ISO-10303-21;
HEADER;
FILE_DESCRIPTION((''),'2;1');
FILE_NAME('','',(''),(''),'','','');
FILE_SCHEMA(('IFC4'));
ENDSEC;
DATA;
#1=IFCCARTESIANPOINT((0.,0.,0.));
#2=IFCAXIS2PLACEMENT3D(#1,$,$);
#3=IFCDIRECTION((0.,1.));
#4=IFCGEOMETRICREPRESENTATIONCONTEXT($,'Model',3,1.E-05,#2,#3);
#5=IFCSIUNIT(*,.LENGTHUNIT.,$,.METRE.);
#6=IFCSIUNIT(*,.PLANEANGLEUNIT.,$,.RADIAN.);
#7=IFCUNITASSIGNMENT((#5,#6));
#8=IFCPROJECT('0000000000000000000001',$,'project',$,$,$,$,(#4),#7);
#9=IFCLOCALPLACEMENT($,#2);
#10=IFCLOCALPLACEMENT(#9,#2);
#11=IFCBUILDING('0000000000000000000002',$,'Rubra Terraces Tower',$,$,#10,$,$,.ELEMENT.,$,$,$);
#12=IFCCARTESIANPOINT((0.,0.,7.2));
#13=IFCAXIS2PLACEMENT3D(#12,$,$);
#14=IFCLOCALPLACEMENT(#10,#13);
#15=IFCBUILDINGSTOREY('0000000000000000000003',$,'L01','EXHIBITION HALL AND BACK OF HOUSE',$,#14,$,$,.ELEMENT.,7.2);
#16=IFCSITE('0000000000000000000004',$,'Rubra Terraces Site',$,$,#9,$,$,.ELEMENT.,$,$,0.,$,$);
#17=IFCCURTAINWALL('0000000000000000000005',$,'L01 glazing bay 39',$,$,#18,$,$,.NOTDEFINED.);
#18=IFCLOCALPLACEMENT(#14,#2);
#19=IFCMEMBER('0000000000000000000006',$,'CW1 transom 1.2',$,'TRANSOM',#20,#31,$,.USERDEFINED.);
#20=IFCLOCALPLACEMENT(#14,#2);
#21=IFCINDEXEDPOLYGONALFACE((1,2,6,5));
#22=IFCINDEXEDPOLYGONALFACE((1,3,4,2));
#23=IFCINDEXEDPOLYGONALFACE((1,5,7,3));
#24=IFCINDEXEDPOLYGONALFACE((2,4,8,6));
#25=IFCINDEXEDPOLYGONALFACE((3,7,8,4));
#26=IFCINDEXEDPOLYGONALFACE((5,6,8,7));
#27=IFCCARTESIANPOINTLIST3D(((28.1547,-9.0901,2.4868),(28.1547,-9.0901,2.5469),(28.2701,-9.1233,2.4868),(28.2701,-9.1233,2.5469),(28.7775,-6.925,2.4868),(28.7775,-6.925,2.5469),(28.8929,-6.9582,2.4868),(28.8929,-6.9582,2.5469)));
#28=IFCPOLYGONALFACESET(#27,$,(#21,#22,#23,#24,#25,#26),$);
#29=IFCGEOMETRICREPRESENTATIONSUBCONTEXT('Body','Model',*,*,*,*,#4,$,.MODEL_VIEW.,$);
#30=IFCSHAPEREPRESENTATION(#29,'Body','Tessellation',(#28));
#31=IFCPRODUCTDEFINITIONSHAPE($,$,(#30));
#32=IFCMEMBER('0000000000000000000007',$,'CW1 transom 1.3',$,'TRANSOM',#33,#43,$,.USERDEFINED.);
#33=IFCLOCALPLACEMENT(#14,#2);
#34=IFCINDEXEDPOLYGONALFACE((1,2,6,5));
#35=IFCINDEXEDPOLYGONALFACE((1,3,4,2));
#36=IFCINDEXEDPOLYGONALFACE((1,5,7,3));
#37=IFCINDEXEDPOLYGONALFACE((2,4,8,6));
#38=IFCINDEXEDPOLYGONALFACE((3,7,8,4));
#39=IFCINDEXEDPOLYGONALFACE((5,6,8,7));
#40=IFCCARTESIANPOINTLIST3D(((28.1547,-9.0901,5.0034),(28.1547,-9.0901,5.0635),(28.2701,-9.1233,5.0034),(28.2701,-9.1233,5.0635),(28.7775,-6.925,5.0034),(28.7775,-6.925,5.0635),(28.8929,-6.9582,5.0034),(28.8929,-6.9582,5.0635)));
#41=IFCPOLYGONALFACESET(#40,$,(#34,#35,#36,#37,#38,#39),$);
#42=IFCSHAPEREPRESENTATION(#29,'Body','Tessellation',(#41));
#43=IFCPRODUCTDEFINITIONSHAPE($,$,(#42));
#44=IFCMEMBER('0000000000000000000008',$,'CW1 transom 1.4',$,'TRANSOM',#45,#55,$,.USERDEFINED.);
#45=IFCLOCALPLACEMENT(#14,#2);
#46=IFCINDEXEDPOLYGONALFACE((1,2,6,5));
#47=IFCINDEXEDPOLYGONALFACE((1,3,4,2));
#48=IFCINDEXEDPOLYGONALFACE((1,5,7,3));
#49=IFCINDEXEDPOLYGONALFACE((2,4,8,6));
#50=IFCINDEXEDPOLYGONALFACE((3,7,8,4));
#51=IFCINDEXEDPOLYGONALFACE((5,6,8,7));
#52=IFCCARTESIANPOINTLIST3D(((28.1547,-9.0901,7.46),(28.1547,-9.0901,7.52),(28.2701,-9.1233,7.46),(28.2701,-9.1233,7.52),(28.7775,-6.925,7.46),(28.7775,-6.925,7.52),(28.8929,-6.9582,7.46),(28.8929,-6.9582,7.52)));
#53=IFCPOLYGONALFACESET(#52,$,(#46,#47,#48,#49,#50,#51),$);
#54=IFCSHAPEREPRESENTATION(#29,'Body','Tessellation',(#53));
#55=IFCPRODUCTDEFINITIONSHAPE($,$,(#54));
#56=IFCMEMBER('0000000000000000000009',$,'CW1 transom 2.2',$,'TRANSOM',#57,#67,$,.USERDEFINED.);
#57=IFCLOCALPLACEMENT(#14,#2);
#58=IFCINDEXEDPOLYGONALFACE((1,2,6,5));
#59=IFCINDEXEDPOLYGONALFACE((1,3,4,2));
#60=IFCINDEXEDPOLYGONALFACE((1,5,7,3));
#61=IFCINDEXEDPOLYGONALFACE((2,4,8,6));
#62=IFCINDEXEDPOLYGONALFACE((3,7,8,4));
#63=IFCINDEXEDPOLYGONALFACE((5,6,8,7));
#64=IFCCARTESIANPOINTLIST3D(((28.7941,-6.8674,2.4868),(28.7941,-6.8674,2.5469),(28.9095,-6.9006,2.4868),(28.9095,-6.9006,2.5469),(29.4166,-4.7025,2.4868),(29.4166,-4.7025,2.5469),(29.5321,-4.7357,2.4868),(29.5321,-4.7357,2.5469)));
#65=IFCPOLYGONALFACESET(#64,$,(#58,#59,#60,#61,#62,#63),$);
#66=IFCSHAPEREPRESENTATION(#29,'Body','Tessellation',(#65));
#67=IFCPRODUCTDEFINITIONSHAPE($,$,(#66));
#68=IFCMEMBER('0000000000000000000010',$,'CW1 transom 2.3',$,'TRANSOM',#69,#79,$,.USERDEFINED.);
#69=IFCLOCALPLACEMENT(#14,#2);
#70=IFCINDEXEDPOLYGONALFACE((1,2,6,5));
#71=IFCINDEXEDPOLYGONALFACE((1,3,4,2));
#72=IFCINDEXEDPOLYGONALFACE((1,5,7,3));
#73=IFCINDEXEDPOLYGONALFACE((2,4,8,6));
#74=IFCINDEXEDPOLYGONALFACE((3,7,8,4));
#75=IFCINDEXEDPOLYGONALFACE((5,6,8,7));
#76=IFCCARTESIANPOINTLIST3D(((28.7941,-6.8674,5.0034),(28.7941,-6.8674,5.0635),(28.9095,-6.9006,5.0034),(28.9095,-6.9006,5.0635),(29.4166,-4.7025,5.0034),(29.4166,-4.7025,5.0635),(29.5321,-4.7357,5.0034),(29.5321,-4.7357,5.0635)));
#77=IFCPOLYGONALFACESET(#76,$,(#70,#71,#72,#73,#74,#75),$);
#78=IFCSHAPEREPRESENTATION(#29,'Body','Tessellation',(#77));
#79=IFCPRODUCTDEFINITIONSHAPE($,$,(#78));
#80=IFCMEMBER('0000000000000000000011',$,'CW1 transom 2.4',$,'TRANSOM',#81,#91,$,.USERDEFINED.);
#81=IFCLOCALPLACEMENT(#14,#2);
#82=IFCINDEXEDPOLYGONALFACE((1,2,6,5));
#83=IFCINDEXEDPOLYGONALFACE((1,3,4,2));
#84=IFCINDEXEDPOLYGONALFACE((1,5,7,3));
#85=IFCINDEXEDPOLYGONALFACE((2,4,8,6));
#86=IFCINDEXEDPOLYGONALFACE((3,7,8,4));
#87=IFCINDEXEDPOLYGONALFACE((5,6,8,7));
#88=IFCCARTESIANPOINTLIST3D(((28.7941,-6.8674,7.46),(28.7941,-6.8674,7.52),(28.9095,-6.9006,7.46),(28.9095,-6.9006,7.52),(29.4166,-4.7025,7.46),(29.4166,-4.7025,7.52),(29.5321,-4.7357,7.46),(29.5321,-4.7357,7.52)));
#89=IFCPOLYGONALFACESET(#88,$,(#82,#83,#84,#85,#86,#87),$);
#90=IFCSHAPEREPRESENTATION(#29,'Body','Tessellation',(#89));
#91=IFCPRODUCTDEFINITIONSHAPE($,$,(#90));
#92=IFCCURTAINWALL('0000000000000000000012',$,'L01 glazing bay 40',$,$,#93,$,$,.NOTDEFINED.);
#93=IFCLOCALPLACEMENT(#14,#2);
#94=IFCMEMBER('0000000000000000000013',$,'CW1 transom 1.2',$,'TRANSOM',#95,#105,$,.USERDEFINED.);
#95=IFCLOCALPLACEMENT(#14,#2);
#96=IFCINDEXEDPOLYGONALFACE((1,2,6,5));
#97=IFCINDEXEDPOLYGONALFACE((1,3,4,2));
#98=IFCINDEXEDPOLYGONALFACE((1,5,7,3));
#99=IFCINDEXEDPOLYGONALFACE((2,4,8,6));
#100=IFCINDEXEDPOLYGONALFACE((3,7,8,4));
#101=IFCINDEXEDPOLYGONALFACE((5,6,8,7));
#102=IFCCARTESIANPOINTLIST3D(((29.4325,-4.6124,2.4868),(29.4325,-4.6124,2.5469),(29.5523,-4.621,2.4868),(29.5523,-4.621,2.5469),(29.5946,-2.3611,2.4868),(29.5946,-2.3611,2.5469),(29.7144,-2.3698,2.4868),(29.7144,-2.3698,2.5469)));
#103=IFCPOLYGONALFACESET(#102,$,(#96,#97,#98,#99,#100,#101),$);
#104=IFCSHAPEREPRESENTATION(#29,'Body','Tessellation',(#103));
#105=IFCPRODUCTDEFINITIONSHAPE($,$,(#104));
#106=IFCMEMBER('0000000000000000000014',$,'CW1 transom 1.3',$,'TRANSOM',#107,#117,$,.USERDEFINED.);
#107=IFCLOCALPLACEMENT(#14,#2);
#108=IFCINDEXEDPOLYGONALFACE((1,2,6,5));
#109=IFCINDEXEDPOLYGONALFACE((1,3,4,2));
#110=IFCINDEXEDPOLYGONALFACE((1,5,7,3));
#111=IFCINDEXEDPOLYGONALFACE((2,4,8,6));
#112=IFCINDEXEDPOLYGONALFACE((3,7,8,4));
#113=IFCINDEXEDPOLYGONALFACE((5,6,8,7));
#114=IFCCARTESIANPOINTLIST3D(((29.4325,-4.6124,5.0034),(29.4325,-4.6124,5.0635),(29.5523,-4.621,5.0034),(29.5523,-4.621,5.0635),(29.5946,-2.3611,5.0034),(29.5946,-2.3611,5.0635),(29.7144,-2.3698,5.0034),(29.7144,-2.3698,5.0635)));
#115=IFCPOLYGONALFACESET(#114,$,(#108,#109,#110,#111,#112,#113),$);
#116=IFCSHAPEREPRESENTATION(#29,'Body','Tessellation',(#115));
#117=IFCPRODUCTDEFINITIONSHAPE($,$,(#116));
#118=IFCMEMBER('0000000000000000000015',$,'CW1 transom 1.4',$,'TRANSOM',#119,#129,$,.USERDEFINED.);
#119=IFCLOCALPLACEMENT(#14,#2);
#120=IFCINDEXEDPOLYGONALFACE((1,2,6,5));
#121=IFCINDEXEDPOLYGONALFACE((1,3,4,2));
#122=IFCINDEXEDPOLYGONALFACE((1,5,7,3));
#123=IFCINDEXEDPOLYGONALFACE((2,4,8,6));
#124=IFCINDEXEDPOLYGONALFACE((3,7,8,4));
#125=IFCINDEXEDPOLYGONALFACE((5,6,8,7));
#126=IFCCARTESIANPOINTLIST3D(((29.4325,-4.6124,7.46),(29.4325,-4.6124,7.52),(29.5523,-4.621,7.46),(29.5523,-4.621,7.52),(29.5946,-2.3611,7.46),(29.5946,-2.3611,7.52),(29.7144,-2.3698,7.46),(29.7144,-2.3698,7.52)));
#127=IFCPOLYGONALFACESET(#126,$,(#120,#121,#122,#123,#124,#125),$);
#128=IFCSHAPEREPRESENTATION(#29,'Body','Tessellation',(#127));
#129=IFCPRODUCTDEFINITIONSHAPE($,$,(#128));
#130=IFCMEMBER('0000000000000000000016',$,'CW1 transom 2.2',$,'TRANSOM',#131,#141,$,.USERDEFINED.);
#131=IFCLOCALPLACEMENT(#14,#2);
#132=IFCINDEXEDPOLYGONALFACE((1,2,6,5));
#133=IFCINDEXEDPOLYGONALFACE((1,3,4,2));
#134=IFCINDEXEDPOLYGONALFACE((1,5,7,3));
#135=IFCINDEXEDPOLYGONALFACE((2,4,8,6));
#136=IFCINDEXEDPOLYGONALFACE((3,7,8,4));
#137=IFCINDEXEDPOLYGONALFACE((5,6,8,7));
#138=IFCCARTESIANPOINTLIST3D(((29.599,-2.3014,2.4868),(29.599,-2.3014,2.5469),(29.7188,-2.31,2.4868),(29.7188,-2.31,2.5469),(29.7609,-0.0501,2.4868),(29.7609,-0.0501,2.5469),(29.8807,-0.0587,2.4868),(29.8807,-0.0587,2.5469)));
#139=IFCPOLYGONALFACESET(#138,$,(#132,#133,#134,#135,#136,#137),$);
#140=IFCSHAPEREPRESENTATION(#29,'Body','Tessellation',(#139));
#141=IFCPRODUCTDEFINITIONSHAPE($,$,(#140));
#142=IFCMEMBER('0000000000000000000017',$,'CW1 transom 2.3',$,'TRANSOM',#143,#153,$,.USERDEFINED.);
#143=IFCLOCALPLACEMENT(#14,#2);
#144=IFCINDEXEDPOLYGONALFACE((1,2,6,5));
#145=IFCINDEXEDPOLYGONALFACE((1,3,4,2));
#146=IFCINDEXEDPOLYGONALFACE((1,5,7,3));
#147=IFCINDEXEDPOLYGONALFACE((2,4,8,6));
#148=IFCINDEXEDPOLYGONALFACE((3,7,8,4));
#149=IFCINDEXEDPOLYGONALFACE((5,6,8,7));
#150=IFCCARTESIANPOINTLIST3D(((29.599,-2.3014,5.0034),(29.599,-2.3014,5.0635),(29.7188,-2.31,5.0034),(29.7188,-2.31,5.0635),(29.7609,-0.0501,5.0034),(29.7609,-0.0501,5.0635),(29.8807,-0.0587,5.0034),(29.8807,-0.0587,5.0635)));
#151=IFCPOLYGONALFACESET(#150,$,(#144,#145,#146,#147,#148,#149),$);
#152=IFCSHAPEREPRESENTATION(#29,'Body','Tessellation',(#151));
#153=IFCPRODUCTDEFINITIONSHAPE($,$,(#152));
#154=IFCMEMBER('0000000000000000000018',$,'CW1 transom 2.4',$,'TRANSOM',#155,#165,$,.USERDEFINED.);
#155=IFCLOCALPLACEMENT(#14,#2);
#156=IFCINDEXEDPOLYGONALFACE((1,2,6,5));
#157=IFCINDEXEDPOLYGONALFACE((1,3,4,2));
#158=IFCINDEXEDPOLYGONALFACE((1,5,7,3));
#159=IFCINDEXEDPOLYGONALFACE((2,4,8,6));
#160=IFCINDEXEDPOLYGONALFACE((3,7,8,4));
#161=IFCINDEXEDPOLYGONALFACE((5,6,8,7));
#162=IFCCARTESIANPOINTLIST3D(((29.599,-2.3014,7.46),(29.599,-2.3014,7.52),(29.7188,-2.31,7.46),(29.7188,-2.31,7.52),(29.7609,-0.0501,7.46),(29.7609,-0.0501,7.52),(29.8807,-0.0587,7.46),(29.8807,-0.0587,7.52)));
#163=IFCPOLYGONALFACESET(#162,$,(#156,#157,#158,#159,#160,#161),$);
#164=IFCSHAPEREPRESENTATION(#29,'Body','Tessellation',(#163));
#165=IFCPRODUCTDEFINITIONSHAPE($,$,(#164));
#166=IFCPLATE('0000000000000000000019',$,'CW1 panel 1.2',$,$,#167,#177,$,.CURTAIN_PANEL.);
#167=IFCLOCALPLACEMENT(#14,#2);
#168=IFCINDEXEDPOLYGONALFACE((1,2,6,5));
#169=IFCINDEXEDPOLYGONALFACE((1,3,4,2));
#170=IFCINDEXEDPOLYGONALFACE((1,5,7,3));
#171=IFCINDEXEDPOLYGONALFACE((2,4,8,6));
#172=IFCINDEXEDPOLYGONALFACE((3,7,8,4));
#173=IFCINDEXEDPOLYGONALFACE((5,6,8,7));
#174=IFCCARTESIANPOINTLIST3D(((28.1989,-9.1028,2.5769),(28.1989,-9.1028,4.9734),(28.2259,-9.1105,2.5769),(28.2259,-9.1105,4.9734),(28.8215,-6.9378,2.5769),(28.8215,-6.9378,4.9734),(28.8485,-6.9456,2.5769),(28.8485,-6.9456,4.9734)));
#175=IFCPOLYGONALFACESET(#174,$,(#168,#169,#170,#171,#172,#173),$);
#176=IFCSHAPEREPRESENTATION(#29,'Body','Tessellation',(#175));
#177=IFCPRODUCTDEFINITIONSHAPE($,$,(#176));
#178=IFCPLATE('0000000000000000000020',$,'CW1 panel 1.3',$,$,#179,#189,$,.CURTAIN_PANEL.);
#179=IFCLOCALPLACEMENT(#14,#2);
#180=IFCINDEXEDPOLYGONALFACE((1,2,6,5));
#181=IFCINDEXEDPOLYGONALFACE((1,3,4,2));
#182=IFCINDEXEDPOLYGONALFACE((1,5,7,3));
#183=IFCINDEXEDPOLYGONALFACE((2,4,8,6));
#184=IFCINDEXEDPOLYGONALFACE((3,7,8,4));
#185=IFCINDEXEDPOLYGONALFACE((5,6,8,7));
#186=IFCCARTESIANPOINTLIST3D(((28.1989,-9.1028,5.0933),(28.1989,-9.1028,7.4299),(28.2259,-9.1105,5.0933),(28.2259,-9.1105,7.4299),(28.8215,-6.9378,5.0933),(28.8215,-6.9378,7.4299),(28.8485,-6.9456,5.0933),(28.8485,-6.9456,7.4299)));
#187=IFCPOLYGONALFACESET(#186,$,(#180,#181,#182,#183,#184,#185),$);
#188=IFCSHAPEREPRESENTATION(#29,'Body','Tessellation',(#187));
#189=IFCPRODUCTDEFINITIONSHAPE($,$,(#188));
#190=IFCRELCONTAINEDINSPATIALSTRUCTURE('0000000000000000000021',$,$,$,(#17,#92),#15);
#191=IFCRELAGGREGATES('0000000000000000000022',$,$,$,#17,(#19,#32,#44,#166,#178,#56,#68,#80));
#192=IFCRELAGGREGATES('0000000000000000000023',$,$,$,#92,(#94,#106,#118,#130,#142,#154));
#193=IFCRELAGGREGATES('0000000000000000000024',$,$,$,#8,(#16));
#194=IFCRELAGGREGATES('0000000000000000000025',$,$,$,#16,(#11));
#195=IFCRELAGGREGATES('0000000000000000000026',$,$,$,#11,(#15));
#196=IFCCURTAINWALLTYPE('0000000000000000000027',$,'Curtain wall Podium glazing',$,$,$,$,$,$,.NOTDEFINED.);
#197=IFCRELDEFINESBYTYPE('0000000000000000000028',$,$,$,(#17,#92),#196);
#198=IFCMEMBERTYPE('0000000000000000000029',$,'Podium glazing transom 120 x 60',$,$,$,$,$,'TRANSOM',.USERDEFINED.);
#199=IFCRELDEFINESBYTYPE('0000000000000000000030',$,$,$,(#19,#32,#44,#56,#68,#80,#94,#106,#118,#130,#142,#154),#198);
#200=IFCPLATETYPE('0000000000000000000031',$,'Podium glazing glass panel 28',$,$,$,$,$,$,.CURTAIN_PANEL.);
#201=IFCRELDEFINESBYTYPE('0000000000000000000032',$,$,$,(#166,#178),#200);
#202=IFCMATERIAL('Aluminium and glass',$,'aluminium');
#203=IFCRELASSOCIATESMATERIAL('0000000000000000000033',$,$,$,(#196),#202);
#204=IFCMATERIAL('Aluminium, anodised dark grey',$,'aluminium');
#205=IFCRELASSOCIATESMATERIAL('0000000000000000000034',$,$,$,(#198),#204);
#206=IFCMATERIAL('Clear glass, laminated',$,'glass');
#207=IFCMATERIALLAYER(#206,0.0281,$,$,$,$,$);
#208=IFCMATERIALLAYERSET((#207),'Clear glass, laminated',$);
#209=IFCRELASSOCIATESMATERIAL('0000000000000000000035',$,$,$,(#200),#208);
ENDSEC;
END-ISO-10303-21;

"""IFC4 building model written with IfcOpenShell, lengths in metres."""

from ifc_helpers import new_model, si_unit, direction, frame, origin, origin_2d, place, context, subcontext, project, spatial, rectangle, extrude, material, layer, layer_set, material_profile, profile_set, type_object, element, aggregate, save


model = new_model("IFC4")

# Units and contexts
model_context = context("Model", 3, precision=1e-05, world=origin(), true_north=direction((0.0, 1.0)))
body_context = subcontext(model_context, "Body", "Model", "MODEL_VIEW")
ifc_project = project(units=[si_unit("LENGTHUNIT", "METRE"), si_unit("PLANEANGLEUNIT", "RADIAN")], contexts=[model_context])

# Site, building, storey
site_placement = place(None, origin())
site = spatial("IfcSite", under=ifc_project, at=site_placement, Name="Rubra Terraces Site", CompositionType="ELEMENT", RefElevation=0.0)
building_placement = place(site_placement, origin())
building = spatial("IfcBuilding", under=site, at=building_placement, Name="Rubra Terraces Tower", CompositionType="ELEMENT")
storey_placement = place(building_placement, frame((0.0, 0.0, 7.2)))
storey = spatial("IfcBuildingStorey", under=building, at=storey_placement, Name="L01", Description="EXHIBITION HALL AND BACK OF HOUSE", CompositionType="ELEMENT", Elevation=7.2)

# Curtain walls, members
ifc_material_1 = material(Name="Aluminium and glass", Category="aluminium")
curtain_wall_type = type_object("IfcCurtainWallType", Name="Curtain wall Podium glazing", PredefinedType="NOTDEFINED", material=ifc_material_1)
curtain_wall_1_placement = place(storey_placement, origin())
curtain_wall_1 = element("IfcCurtainWall", 1, at=curtain_wall_1_placement, inside=storey, type_object=curtain_wall_type, Name="L01 glazing bay 39", PredefinedType="NOTDEFINED")
ifc_material_2 = material(Name="Aluminium, anodised dark grey", Category="aluminium")
ifc_material_profile = material_profile(ifc_material_2, rectangle(XDim=0.1201, YDim=0.0601, at=origin_2d()), Name="AL 120x60")
ifc_profile_set = profile_set([ifc_material_profile], Name="Aluminium, anodised dark grey")
member_type = type_object("IfcMemberType", Name="Podium glazing transom 120 x 60", ElementType="TRANSOM", PredefinedType="USERDEFINED", material=ifc_profile_set)
member_1_placement = place(storey_placement, frame((28.2124, -9.1067, 2.5168), z_axis=(0.276453, 0.961028, 0.0), x_axis=(-0.961028, 0.276453, 0.0)))
member_1 = element("IfcMember", 2, at=member_1_placement, type_object=member_type, Name="CW1 transom 1.2", ObjectType="TRANSOM", PredefinedType="USERDEFINED", context=body_context, shape_type="SweptSolid", body=[
    extrude(rectangle(XDim=0.1201, YDim=0.0601, at=origin_2d()), origin(), (0.0, 0.0, 1.0), 2.2529),
])
member_2_placement = place(storey_placement, frame((28.2124, -9.1067, 5.0334), z_axis=(0.276453, 0.961028, 0.0), x_axis=(-0.961028, 0.276453, 0.0)))
member_2 = element("IfcMember", 3, at=member_2_placement, type_object=member_type, Name="CW1 transom 1.3", ObjectType="TRANSOM", PredefinedType="USERDEFINED", context=body_context, shape_type="SweptSolid", body=[
    extrude(rectangle(XDim=0.1201, YDim=0.0601, at=origin_2d()), origin(), (0.0, 0.0, 1.0), 2.2529),
])
member_3_placement = place(storey_placement, frame((28.2124, -9.1067, 7.49), z_axis=(0.276453, 0.961028, 0.0), x_axis=(-0.961028, 0.276453, 0.0)))
member_3 = element("IfcMember", 4, at=member_3_placement, type_object=member_type, Name="CW1 transom 1.4", ObjectType="TRANSOM", PredefinedType="USERDEFINED", context=body_context, shape_type="SweptSolid", body=[
    extrude(rectangle(XDim=0.1201, YDim=0.0601, at=origin_2d()), origin(), (0.0, 0.0, 1.0), 2.2529),
])
member_4_placement = place(storey_placement, frame((28.8518, -6.884, 2.5168), z_axis=(0.276352, 0.961056, 0.0), x_axis=(-0.961056, 0.276352, 0.0)))
member_4 = element("IfcMember", 5, at=member_4_placement, type_object=member_type, Name="CW1 transom 2.2", ObjectType="TRANSOM", PredefinedType="USERDEFINED", context=body_context, shape_type="SweptSolid", body=[
    extrude(rectangle(XDim=0.1201, YDim=0.0601, at=origin_2d()), origin(), (0.0, 0.0, 1.0), 2.2527),
])
member_5_placement = place(storey_placement, frame((28.8518, -6.884, 5.0334), z_axis=(0.276352, 0.961056, 0.0), x_axis=(-0.961056, 0.276352, 0.0)))
member_5 = element("IfcMember", 6, at=member_5_placement, type_object=member_type, Name="CW1 transom 2.3", ObjectType="TRANSOM", PredefinedType="USERDEFINED", context=body_context, shape_type="SweptSolid", body=[
    extrude(rectangle(XDim=0.1201, YDim=0.0601, at=origin_2d()), origin(), (0.0, 0.0, 1.0), 2.2527),
])
member_6_placement = place(storey_placement, frame((28.8518, -6.884, 7.49), z_axis=(0.276352, 0.961056, 0.0), x_axis=(-0.961056, 0.276352, 0.0)))
member_6 = element("IfcMember", 7, at=member_6_placement, type_object=member_type, Name="CW1 transom 2.4", ObjectType="TRANSOM", PredefinedType="USERDEFINED", context=body_context, shape_type="SweptSolid", body=[
    extrude(rectangle(XDim=0.1201, YDim=0.0601, at=origin_2d()), origin(), (0.0, 0.0, 1.0), 2.2527),
])
curtain_wall_2_placement = place(storey_placement, origin())
curtain_wall_2 = element("IfcCurtainWall", 8, at=curtain_wall_2_placement, inside=storey, type_object=curtain_wall_type, Name="L01 glazing bay 40", PredefinedType="NOTDEFINED")
member_7_placement = place(storey_placement, frame((29.4924, -4.6167, 2.5168), z_axis=(0.071824, 0.997417, 0.0), x_axis=(-0.997417, 0.071824, 0.0)))
member_7 = element("IfcMember", 9, at=member_7_placement, type_object=member_type, Name="CW1 transom 1.2", ObjectType="TRANSOM", PredefinedType="USERDEFINED", context=body_context, shape_type="SweptSolid", body=[
    extrude(rectangle(XDim=0.1201, YDim=0.0601, at=origin_2d()), origin(), (0.0, 0.0, 1.0), 2.2571),
])
member_8_placement = place(storey_placement, frame((29.4924, -4.6167, 5.0334), z_axis=(0.071824, 0.997417, 0.0), x_axis=(-0.997417, 0.071824, 0.0)))
member_8 = element("IfcMember", 10, at=member_8_placement, type_object=member_type, Name="CW1 transom 1.3", ObjectType="TRANSOM", PredefinedType="USERDEFINED", context=body_context, shape_type="SweptSolid", body=[
    extrude(rectangle(XDim=0.1201, YDim=0.0601, at=origin_2d()), origin(), (0.0, 0.0, 1.0), 2.2571),
])
member_9_placement = place(storey_placement, frame((29.4924, -4.6167, 7.49), z_axis=(0.071824, 0.997417, 0.0), x_axis=(-0.997417, 0.071824, 0.0)))
member_9 = element("IfcMember", 11, at=member_9_placement, type_object=member_type, Name="CW1 transom 1.4", ObjectType="TRANSOM", PredefinedType="USERDEFINED", context=body_context, shape_type="SweptSolid", body=[
    extrude(rectangle(XDim=0.1201, YDim=0.0601, at=origin_2d()), origin(), (0.0, 0.0, 1.0), 2.2571),
])
member_10_placement = place(storey_placement, frame((29.6589, -2.3057, 2.5168), z_axis=(0.071716, 0.997425, 0.0), x_axis=(-0.997425, 0.071716, 0.0)))
member_10 = element("IfcMember", 12, at=member_10_placement, type_object=member_type, Name="CW1 transom 2.2", ObjectType="TRANSOM", PredefinedType="USERDEFINED", context=body_context, shape_type="SweptSolid", body=[
    extrude(rectangle(XDim=0.1201, YDim=0.0601, at=origin_2d()), origin(), (0.0, 0.0, 1.0), 2.2571),
])
member_11_placement = place(storey_placement, frame((29.6589, -2.3057, 5.0334), z_axis=(0.071716, 0.997425, 0.0), x_axis=(-0.997425, 0.071716, 0.0)))
member_11 = element("IfcMember", 13, at=member_11_placement, type_object=member_type, Name="CW1 transom 2.3", ObjectType="TRANSOM", PredefinedType="USERDEFINED", context=body_context, shape_type="SweptSolid", body=[
    extrude(rectangle(XDim=0.1201, YDim=0.0601, at=origin_2d()), origin(), (0.0, 0.0, 1.0), 2.2571),
])
member_12_placement = place(storey_placement, frame((29.6589, -2.3057, 7.49), z_axis=(0.071716, 0.997425, 0.0), x_axis=(-0.997425, 0.071716, 0.0)))
member_12 = element("IfcMember", 14, at=member_12_placement, type_object=member_type, Name="CW1 transom 2.4", ObjectType="TRANSOM", PredefinedType="USERDEFINED", context=body_context, shape_type="SweptSolid", body=[
    extrude(rectangle(XDim=0.1201, YDim=0.0601, at=origin_2d()), origin(), (0.0, 0.0, 1.0), 2.2571),
])

# Plates
ifc_material_3 = material(Name="Clear glass, laminated", Category="glass")
ifc_layer = layer(ifc_material_3, 0.0281)
ifc_layer_set = layer_set([ifc_layer], Name="Clear glass, laminated")
plate_type = type_object("IfcPlateType", Name="Podium glazing glass panel 28", PredefinedType="CURTAIN_PANEL", material=ifc_layer_set)
plate_1_placement = place(storey_placement, frame((28.5237, -8.0242, 2.5769), z_axis=(0.0, 0.0, 1.0), x_axis=(0.276384, 0.961047, 0.0)))
plate_1 = element("IfcPlate", 15, at=plate_1_placement, type_object=plate_type, Name="CW1 panel 1.2", PredefinedType="CURTAIN_PANEL", context=body_context, shape_type="SweptSolid", body=[
    extrude(rectangle(XDim=2.2527, YDim=0.0281, at=origin_2d()), origin(), (0.0, 0.0, 1.0), 2.3965),
])
plate_2_placement = place(storey_placement, frame((28.5237, -8.0242, 5.0933), z_axis=(0.0, 0.0, 1.0), x_axis=(0.276384, 0.961047, 0.0)))
plate_2 = element("IfcPlate", 16, at=plate_2_placement, type_object=plate_type, Name="CW1 panel 1.3", PredefinedType="CURTAIN_PANEL", context=body_context, shape_type="SweptSolid", body=[
    extrude(rectangle(XDim=2.2527, YDim=0.0281, at=origin_2d()), origin(), (0.0, 0.0, 1.0), 2.3367),
])
aggregate(curtain_wall_1, [member_1, member_2, member_3, plate_1, plate_2, member_4, member_5, member_6])
aggregate(curtain_wall_2, [member_7, member_8, member_9, member_10, member_11, member_12])

save(model, "model.ifc")
